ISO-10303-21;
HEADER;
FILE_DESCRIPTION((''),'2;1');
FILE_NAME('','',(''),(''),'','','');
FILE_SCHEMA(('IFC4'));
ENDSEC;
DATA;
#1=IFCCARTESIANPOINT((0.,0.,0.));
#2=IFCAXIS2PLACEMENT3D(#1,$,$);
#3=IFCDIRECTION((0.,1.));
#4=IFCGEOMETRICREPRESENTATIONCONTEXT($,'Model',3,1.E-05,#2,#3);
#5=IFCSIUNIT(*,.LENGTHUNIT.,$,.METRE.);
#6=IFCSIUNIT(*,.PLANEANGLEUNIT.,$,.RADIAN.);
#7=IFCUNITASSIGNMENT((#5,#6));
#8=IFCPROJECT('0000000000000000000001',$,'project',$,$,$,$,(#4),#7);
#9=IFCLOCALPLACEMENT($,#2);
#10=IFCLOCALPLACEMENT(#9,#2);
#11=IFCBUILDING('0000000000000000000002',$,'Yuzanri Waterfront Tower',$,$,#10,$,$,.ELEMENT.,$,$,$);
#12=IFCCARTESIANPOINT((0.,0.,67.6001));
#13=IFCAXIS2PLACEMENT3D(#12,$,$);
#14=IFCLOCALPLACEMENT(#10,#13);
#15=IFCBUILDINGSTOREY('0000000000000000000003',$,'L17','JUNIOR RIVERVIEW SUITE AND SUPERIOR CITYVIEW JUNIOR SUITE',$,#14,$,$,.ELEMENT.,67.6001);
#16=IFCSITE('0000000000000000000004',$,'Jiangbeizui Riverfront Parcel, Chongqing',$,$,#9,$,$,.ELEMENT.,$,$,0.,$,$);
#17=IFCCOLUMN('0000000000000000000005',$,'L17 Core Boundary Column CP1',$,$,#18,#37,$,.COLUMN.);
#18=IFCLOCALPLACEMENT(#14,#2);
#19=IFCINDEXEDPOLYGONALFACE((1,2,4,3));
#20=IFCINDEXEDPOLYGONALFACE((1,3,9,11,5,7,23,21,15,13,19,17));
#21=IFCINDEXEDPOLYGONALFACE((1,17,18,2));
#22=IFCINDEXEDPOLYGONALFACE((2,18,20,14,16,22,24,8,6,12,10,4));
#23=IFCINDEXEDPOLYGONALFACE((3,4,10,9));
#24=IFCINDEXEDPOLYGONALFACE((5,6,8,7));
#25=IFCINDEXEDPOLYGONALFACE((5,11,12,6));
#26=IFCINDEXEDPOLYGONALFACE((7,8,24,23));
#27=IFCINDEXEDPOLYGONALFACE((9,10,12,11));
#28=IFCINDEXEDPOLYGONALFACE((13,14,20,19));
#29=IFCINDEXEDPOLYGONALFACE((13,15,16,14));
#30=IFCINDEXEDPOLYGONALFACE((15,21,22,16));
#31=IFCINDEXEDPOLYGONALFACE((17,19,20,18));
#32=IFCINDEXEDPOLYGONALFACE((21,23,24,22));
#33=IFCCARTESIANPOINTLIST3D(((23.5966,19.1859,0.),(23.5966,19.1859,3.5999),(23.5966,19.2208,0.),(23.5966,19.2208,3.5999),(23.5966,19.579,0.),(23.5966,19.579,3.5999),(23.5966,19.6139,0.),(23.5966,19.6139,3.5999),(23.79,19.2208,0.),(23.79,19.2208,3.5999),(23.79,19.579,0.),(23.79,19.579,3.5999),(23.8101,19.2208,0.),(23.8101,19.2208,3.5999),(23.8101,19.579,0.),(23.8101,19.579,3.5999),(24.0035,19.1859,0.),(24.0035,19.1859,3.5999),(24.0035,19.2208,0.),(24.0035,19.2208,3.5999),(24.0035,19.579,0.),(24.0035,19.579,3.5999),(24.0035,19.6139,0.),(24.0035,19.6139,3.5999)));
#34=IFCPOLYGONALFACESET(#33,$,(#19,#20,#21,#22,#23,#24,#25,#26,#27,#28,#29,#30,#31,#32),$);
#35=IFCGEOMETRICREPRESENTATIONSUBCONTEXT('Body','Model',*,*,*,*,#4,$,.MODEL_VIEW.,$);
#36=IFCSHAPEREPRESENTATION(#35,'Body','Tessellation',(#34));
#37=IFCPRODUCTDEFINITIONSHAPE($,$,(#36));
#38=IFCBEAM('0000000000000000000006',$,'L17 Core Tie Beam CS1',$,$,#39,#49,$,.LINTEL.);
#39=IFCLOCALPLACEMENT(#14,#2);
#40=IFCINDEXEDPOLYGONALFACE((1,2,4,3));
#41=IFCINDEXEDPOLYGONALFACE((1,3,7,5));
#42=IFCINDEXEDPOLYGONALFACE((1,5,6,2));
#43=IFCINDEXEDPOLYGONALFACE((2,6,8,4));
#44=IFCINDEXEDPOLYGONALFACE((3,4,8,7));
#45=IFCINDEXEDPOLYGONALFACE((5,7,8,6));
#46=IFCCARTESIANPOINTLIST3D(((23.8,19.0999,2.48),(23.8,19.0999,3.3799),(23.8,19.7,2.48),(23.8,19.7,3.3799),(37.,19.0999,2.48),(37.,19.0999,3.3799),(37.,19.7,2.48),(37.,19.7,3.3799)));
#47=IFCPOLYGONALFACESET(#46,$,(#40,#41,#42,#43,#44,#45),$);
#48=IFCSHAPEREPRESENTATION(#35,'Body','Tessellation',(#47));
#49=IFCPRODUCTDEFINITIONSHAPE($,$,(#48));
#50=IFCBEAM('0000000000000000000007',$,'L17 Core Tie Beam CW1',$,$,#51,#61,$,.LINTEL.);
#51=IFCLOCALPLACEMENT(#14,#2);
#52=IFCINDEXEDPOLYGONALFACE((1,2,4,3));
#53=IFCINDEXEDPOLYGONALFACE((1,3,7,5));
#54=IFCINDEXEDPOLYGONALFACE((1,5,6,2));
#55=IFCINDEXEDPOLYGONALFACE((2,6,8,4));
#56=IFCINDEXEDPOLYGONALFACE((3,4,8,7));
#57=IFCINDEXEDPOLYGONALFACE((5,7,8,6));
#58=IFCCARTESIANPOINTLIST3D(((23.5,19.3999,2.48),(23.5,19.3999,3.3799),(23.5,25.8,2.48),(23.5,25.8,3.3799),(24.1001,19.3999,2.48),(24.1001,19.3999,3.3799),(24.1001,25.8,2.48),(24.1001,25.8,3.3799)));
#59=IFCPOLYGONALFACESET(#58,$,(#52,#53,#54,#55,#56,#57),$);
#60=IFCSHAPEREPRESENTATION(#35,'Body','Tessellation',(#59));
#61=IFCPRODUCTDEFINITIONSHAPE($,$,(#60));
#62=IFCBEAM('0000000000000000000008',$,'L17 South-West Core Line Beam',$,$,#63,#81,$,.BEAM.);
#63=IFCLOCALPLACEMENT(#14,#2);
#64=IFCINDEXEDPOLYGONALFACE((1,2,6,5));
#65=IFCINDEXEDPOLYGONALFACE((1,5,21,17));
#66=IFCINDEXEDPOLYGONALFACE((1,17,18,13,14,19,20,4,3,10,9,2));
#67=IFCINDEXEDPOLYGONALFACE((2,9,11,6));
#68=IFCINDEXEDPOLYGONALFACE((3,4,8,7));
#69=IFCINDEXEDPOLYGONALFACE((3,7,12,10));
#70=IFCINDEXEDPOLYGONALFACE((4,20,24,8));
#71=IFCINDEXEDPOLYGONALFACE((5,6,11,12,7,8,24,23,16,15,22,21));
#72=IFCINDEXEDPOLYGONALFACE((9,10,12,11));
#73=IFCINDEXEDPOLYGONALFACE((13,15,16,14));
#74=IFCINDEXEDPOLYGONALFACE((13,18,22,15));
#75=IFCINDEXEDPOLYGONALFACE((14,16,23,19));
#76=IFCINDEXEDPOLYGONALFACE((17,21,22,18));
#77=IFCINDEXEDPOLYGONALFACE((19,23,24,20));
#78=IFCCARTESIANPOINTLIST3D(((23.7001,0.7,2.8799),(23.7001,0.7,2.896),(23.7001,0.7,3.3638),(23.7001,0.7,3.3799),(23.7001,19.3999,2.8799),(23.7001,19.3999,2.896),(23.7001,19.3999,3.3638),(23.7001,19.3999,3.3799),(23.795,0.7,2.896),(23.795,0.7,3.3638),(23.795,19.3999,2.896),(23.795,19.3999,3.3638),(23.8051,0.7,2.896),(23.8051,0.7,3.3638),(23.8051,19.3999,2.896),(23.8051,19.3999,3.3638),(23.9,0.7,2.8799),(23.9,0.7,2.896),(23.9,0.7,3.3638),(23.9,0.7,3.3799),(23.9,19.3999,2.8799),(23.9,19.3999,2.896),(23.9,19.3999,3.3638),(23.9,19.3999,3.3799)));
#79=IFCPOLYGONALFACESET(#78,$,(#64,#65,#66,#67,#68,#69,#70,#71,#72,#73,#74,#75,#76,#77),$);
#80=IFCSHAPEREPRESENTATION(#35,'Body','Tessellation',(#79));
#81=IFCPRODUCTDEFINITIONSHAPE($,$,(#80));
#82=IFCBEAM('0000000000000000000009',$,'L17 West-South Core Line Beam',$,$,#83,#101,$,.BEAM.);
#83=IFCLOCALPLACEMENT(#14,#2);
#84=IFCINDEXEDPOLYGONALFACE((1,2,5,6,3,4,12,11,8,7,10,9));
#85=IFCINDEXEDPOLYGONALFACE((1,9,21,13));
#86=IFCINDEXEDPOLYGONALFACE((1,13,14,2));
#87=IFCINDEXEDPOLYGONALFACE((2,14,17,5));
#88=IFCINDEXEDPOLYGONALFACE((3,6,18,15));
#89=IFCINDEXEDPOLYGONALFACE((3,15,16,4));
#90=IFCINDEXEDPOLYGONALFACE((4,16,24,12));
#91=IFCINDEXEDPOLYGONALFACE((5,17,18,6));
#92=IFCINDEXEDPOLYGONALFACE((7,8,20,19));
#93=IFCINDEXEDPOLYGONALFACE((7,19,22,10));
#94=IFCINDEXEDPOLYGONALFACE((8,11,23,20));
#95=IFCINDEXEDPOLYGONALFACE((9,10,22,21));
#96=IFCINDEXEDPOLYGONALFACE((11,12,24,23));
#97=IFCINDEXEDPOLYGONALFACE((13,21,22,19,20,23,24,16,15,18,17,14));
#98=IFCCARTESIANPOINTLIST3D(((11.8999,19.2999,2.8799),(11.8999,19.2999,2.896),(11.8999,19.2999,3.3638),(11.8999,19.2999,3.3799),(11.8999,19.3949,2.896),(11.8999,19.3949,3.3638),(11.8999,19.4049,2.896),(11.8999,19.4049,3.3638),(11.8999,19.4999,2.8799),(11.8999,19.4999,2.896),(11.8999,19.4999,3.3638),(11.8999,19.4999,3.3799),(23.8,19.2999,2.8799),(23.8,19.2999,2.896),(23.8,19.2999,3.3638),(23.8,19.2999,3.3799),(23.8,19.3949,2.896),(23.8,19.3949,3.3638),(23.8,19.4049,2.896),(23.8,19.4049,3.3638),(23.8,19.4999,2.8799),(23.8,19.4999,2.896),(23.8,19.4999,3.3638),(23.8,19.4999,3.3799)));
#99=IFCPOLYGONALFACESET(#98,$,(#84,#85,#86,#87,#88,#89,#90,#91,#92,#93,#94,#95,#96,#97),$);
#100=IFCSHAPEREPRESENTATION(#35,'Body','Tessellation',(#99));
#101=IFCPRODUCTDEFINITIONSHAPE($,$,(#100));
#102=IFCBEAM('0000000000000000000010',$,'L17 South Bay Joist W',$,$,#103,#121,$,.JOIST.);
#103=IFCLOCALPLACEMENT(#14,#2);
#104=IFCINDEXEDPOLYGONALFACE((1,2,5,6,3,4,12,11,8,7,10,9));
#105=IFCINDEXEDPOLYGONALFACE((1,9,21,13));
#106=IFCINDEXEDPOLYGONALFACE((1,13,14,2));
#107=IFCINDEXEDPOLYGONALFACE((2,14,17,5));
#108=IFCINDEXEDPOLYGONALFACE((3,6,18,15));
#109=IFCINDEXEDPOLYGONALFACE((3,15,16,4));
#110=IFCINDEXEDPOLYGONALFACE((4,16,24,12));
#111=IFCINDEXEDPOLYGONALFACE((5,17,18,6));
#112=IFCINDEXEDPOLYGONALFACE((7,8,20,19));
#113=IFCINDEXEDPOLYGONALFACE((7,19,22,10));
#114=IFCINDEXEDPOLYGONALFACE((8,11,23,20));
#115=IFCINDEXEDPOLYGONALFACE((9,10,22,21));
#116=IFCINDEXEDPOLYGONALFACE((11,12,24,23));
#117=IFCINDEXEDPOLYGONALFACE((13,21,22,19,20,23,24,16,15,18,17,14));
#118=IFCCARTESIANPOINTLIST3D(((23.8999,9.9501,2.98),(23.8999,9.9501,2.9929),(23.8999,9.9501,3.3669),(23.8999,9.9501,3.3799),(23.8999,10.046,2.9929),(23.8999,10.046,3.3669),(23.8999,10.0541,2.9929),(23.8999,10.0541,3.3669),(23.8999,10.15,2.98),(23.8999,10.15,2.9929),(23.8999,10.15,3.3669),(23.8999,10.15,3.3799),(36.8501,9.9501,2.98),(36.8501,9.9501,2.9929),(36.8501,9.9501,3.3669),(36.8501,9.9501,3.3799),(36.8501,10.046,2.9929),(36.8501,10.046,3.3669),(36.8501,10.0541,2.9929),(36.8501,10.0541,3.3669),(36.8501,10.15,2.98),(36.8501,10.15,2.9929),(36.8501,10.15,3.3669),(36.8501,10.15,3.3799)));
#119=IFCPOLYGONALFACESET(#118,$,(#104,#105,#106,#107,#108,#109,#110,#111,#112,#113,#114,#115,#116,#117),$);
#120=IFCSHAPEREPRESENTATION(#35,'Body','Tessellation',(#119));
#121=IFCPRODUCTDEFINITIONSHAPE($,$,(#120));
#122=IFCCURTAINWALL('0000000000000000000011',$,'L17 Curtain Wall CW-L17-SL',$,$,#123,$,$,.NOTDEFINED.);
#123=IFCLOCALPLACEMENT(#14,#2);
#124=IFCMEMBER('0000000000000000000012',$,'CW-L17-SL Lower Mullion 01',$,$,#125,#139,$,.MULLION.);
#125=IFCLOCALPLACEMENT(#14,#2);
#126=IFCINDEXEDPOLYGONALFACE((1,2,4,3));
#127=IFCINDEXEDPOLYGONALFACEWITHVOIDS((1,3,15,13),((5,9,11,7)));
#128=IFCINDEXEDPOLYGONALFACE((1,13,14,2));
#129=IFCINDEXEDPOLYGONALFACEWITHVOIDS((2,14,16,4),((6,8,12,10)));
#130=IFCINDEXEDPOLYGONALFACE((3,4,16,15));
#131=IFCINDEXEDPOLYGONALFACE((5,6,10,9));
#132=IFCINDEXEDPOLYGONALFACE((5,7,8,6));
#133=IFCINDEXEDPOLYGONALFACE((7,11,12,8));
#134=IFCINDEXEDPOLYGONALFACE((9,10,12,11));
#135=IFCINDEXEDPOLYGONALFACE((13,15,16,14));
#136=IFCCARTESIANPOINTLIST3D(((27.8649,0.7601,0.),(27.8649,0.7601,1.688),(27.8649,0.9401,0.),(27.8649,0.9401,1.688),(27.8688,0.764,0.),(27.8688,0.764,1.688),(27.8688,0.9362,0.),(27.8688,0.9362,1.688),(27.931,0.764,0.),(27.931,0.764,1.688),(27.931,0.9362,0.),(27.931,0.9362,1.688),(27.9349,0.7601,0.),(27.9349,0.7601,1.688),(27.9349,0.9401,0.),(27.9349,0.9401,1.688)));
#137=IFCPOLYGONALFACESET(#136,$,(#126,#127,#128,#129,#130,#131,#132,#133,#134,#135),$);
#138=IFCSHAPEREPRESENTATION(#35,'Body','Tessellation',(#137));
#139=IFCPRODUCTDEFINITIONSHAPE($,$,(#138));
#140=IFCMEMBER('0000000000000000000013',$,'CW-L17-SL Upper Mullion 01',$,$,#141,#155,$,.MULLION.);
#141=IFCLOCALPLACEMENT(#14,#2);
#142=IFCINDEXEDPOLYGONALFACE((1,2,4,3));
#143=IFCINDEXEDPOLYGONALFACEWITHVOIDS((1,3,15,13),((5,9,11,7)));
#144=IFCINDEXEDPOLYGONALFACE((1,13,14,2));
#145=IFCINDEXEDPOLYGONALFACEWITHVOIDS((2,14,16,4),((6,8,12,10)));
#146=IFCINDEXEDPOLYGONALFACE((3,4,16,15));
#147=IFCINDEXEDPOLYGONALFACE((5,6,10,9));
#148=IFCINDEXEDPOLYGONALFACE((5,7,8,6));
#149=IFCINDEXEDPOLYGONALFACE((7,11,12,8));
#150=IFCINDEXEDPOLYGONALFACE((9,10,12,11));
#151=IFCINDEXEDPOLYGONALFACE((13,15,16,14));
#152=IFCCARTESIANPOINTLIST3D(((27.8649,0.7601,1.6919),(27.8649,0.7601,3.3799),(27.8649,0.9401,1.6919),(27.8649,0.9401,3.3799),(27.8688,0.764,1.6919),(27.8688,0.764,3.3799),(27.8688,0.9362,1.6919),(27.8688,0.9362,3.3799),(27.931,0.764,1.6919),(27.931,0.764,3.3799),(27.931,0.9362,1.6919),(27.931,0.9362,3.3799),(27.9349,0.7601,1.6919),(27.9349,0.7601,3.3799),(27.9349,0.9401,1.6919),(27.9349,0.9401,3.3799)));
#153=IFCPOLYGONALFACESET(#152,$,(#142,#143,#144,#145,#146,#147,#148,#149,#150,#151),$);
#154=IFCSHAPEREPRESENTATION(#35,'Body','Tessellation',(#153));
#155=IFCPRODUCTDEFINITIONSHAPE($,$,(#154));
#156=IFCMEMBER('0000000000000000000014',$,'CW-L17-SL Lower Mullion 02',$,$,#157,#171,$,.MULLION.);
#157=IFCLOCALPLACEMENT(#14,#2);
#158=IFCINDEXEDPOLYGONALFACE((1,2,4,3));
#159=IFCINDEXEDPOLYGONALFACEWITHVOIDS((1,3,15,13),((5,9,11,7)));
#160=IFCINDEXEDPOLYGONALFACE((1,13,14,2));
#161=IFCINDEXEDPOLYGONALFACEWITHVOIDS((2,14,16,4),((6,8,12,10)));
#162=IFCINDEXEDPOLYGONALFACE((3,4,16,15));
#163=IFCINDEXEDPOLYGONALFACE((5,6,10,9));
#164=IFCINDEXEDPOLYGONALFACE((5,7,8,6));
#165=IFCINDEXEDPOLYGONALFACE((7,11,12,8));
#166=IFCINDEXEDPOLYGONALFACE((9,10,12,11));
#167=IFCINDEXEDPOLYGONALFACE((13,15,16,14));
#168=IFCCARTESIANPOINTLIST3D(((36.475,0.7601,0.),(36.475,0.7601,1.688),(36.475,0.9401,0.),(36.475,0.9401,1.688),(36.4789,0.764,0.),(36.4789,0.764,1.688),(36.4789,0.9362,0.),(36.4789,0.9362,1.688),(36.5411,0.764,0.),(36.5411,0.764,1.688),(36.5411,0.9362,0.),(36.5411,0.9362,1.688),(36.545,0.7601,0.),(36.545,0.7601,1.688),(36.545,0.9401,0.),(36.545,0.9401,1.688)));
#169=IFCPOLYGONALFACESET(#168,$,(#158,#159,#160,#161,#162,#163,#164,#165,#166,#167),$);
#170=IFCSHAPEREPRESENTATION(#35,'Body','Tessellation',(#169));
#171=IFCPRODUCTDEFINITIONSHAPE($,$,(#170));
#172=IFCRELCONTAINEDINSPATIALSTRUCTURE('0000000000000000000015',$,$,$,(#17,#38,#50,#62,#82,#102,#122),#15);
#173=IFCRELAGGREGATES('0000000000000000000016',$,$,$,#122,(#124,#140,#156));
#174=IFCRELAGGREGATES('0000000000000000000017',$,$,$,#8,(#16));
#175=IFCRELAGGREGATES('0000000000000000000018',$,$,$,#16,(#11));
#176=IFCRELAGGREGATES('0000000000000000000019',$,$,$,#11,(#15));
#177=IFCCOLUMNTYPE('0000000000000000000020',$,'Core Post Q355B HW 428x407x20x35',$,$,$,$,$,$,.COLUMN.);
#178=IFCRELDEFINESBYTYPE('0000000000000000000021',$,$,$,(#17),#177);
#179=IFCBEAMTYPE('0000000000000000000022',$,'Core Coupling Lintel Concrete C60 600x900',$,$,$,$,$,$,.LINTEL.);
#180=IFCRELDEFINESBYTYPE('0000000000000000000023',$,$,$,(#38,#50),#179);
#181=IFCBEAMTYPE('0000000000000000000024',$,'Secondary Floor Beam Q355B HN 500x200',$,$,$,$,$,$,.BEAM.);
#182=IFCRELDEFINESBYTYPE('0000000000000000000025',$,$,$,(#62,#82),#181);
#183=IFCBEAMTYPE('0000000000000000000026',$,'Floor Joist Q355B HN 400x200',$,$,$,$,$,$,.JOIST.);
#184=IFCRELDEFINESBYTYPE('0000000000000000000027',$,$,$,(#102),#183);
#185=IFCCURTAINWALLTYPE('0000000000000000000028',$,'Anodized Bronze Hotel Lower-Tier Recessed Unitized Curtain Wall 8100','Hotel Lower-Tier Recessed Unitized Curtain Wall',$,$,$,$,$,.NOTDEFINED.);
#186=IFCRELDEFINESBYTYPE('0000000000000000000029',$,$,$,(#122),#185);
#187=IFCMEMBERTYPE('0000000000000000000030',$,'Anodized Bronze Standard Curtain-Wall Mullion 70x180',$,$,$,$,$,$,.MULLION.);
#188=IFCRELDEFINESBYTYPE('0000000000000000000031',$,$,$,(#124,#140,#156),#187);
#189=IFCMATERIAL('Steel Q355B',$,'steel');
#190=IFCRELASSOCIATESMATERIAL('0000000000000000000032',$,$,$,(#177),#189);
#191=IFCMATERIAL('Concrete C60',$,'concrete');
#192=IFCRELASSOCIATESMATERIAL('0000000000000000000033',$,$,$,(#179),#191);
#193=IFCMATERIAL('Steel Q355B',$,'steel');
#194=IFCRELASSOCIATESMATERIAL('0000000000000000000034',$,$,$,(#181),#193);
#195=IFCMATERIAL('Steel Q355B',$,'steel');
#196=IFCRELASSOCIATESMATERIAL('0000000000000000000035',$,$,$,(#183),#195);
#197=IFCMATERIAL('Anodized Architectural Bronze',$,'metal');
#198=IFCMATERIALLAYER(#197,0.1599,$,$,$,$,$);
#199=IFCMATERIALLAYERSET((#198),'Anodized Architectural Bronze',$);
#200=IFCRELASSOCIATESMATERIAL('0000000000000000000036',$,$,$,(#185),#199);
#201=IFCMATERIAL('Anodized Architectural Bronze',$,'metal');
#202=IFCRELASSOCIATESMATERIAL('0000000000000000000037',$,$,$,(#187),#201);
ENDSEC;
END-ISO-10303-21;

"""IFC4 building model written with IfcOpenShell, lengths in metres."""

from ifc_helpers import new_model, si_unit, direction, frame, origin, origin_2d, place, context, subcontext, project, spatial, rectangle, hollow_rectangle, i_section, extrude, source, transform, mapped, material, layer, layer_set, material_profile, profile_set, type_object, element, aggregate, save


model = new_model("IFC4")

# Units and contexts
model_context = context("Model", 3, precision=1e-05, world=origin(), true_north=direction((0.0, 1.0)))
body_context = subcontext(model_context, "Body", "Model", "MODEL_VIEW")
ifc_project = project(units=[si_unit("LENGTHUNIT", "METRE"), si_unit("PLANEANGLEUNIT", "RADIAN")], contexts=[model_context])

# Site, building, storey
site_placement = place(None, origin())
site = spatial("IfcSite", under=ifc_project, at=site_placement, Name="Jiangbeizui Riverfront Parcel, Chongqing", CompositionType="ELEMENT", RefElevation=0.0)
building_placement = place(site_placement, origin())
building = spatial("IfcBuilding", under=site, at=building_placement, Name="Yuzanri Waterfront Tower", CompositionType="ELEMENT")
storey_placement = place(building_placement, frame((0.0, 0.0, 67.6001)))
storey = spatial("IfcBuildingStorey", under=building, at=storey_placement, Name="L17", Description="JUNIOR RIVERVIEW SUITE AND SUPERIOR CITYVIEW JUNIOR SUITE", CompositionType="ELEMENT", Elevation=67.6001)

# Column
ifc_material_1 = material(Name="Steel Q355B", Category="steel")
ifc_material_profile_1 = material_profile(ifc_material_1, i_section(OverallWidth=0.407, OverallDepth=0.428, WebThickness=0.02, FlangeThickness=0.0349, at=origin_2d()), Name="HW 428x407x20x35")
ifc_profile_set_1 = profile_set([ifc_material_profile_1], Name="Steel Q355B")
column_type = type_object("IfcColumnType", Name="Core Post Q355B HW 428x407x20x35", PredefinedType="COLUMN", material=ifc_profile_set_1)
shared_shape_1 = source(origin(), body_context, "Body", "SweptSolid", [
    extrude(i_section(OverallWidth=0.407, OverallDepth=0.428, WebThickness=0.02, FlangeThickness=0.0349, at=origin_2d()), origin(), (0.0, 0.0, 1.0), 3.5999),
])
column_placement = place(storey_placement, frame((23.8, 19.3999, 0.0), z_axis=(0.0, 0.0, 1.0), x_axis=(1.0, 0.0, 0.0)))
element("IfcColumn", 1, at=column_placement, inside=storey, type_object=column_type, Name="L17 Core Boundary Column CP1", PredefinedType="COLUMN", context=body_context, shape_type="MappedRepresentation", body=[
    mapped(shared_shape_1, transform((0.0, 0.0, 0.0), scale=1.0)),
])

# Beams
ifc_material_2 = material(Name="Concrete C60", Category="concrete")
ifc_material_profile_2 = material_profile(ifc_material_2, rectangle(XDim=0.6001, YDim=0.8999, at=origin_2d()), Name="RC 600x900")
ifc_profile_set_2 = profile_set([ifc_material_profile_2], Name="Concrete C60")
beam_type_1 = type_object("IfcBeamType", Name="Core Coupling Lintel Concrete C60 600x900", PredefinedType="LINTEL", material=ifc_profile_set_2)
shared_shape_2 = source(origin(), body_context, "Body", "SweptSolid", [
    extrude(rectangle(XDim=0.6001, YDim=0.8999, at=origin_2d()), origin(), (0.0, 0.0, 1.0), 13.2),
])
beam_1_placement = place(storey_placement, frame((23.8, 19.3999, 2.9299), z_axis=(1.0, 0.0, 0.0), x_axis=(0.0, 1.0, 0.0)))
element("IfcBeam", 2, at=beam_1_placement, inside=storey, type_object=beam_type_1, Name="L17 Core Tie Beam CS1", PredefinedType="LINTEL", context=body_context, shape_type="MappedRepresentation", body=[
    mapped(shared_shape_2, transform((0.0, 0.0, 0.0), scale=1.0)),
])
shared_shape_3 = source(origin(), body_context, "Body", "SweptSolid", [
    extrude(rectangle(XDim=0.6001, YDim=0.8999, at=origin_2d()), origin(), (0.0, 0.0, 1.0), 6.4001),
])
beam_2_placement = place(storey_placement, frame((23.8, 19.3999, 2.9299), z_axis=(0.0, 1.0, 0.0), x_axis=(-1.0, 0.0, 0.0)))
element("IfcBeam", 3, at=beam_2_placement, inside=storey, type_object=beam_type_1, Name="L17 Core Tie Beam CW1", PredefinedType="LINTEL", context=body_context, shape_type="MappedRepresentation", body=[
    mapped(shared_shape_3, transform((0.0, 0.0, 0.0), scale=1.0)),
])
ifc_material_3 = material(Name="Steel Q355B", Category="steel")
ifc_material_profile_3 = material_profile(ifc_material_3, i_section(OverallWidth=0.2, OverallDepth=0.5, WebThickness=0.01, FlangeThickness=0.0161, at=origin_2d()), Name="HN 500x200x10x16")
ifc_profile_set_3 = profile_set([ifc_material_profile_3], Name="Steel Q355B")
beam_type_2 = type_object("IfcBeamType", Name="Secondary Floor Beam Q355B HN 500x200", PredefinedType="BEAM", material=ifc_profile_set_3)
shared_shape_4 = source(origin(), body_context, "Body", "SweptSolid", [
    extrude(i_section(OverallWidth=0.2, OverallDepth=0.5, WebThickness=0.01, FlangeThickness=0.0161, at=origin_2d()), origin(), (0.0, 0.0, 1.0), 18.7),
])
beam_3_placement = place(storey_placement, frame((23.8, 19.3999, 3.1299), z_axis=(0.0, -1.0, 0.0), x_axis=(1.0, 0.0, 0.0)))
element("IfcBeam", 4, at=beam_3_placement, inside=storey, type_object=beam_type_2, Name="L17 South-West Core Line Beam", PredefinedType="BEAM", context=body_context, shape_type="MappedRepresentation", body=[
    mapped(shared_shape_4, transform((0.0, 0.0, 0.0), scale=1.0)),
])
shared_shape_5 = source(origin(), body_context, "Body", "SweptSolid", [
    extrude(i_section(OverallWidth=0.2, OverallDepth=0.5, WebThickness=0.01, FlangeThickness=0.0161, at=origin_2d()), origin(), (0.0, 0.0, 1.0), 11.9001),
])
beam_4_placement = place(storey_placement, frame((23.8, 19.3999, 3.1299), z_axis=(-1.0, 0.0, 0.0), x_axis=(0.0, -1.0, 0.0)))
element("IfcBeam", 5, at=beam_4_placement, inside=storey, type_object=beam_type_2, Name="L17 West-South Core Line Beam", PredefinedType="BEAM", context=body_context, shape_type="MappedRepresentation", body=[
    mapped(shared_shape_5, transform((0.0, 0.0, 0.0), scale=1.0)),
])
ifc_material_4 = material(Name="Steel Q355B", Category="steel")
ifc_material_profile_4 = material_profile(ifc_material_4, i_section(OverallWidth=0.2, OverallDepth=0.3999, WebThickness=0.0081, FlangeThickness=0.0129, at=origin_2d()), Name="HN 400x200x8x13")
ifc_profile_set_4 = profile_set([ifc_material_profile_4], Name="Steel Q355B")
beam_type_3 = type_object("IfcBeamType", Name="Floor Joist Q355B HN 400x200", PredefinedType="JOIST", material=ifc_profile_set_4)
shared_shape_6 = source(origin(), body_context, "Body", "SweptSolid", [
    extrude(i_section(OverallWidth=0.2, OverallDepth=0.3999, WebThickness=0.0081, FlangeThickness=0.0129, at=origin_2d()), origin(), (0.0, 0.0, 1.0), 12.9502),
])
beam_5_placement = place(storey_placement, frame((23.8999, 10.05, 3.1799), z_axis=(1.0, 0.0, 0.0), x_axis=(0.0, 1.0, 0.0)))
element("IfcBeam", 6, at=beam_5_placement, inside=storey, type_object=beam_type_3, Name="L17 South Bay Joist W", PredefinedType="JOIST", context=body_context, shape_type="MappedRepresentation", body=[
    mapped(shared_shape_6, transform((0.0, 0.0, 0.0), scale=1.0)),
])

# Curtain wall, members
ifc_material_5 = material(Name="Anodized Architectural Bronze", Category="metal")
ifc_layer_1 = layer(ifc_material_5, 0.1599)
ifc_layer_set_1 = layer_set([ifc_layer_1], Name="Anodized Architectural Bronze")
curtain_wall_type = type_object("IfcCurtainWallType", Name="Anodized Bronze Hotel Lower-Tier Recessed Unitized Curtain Wall 8100", Description="Hotel Lower-Tier Recessed Unitized Curtain Wall", PredefinedType="NOTDEFINED", material=ifc_layer_set_1)
curtain_wall_placement = place(storey_placement, origin())
curtain_wall = element("IfcCurtainWall", 7, at=curtain_wall_placement, inside=storey, type_object=curtain_wall_type, Name="L17 Curtain Wall CW-L17-SL", PredefinedType="NOTDEFINED")
ifc_material_6 = material(Name="Anodized Architectural Bronze", Category="metal")
ifc_material_profile_5 = material_profile(ifc_material_6, hollow_rectangle(XDim=0.0701, YDim=0.1799, WallThickness=0.0039, at=origin_2d()), Name="CWM 70x180")
ifc_profile_set_5 = profile_set([ifc_material_profile_5], Name="Anodized Architectural Bronze")
member_type = type_object("IfcMemberType", Name="Anodized Bronze Standard Curtain-Wall Mullion 70x180", PredefinedType="MULLION", material=ifc_profile_set_5)
shared_shape_7 = source(origin(), body_context, "Body", "SweptSolid", [
    extrude(hollow_rectangle(XDim=0.0701, YDim=0.1799, WallThickness=0.0039, at=origin_2d()), origin(), (0.0, 0.0, 1.0), 1.688),
])
member_1_placement = place(storey_placement, frame((27.8999, 0.8501, 0.0), z_axis=(0.0, 0.0, 1.0), x_axis=(1.0, 0.0, 0.0)))
member_1 = element("IfcMember", 8, at=member_1_placement, type_object=member_type, Name="CW-L17-SL Lower Mullion 01", PredefinedType="MULLION", context=body_context, shape_type="MappedRepresentation", body=[
    mapped(shared_shape_7, transform((0.0, 0.0, 0.0), scale=1.0)),
])
member_2_placement = place(storey_placement, frame((27.8999, 0.8501, 1.6919), z_axis=(0.0, 0.0, 1.0), x_axis=(1.0, 0.0, 0.0)))
member_2 = element("IfcMember", 9, at=member_2_placement, type_object=member_type, Name="CW-L17-SL Upper Mullion 01", PredefinedType="MULLION", context=body_context, shape_type="MappedRepresentation", body=[
    mapped(shared_shape_7, transform((0.0, 0.0, 0.0), scale=1.0)),
])
member_3_placement = place(storey_placement, frame((36.51, 0.8501, 0.0), z_axis=(0.0, 0.0, 1.0), x_axis=(1.0, 0.0, 0.0)))
member_3 = element("IfcMember", 10, at=member_3_placement, type_object=member_type, Name="CW-L17-SL Lower Mullion 02", PredefinedType="MULLION", context=body_context, shape_type="MappedRepresentation", body=[
    mapped(shared_shape_7, transform((0.0, 0.0, 0.0), scale=1.0)),
])
aggregate(curtain_wall, [member_1, member_2, member_3])

save(model, "model.ifc")
